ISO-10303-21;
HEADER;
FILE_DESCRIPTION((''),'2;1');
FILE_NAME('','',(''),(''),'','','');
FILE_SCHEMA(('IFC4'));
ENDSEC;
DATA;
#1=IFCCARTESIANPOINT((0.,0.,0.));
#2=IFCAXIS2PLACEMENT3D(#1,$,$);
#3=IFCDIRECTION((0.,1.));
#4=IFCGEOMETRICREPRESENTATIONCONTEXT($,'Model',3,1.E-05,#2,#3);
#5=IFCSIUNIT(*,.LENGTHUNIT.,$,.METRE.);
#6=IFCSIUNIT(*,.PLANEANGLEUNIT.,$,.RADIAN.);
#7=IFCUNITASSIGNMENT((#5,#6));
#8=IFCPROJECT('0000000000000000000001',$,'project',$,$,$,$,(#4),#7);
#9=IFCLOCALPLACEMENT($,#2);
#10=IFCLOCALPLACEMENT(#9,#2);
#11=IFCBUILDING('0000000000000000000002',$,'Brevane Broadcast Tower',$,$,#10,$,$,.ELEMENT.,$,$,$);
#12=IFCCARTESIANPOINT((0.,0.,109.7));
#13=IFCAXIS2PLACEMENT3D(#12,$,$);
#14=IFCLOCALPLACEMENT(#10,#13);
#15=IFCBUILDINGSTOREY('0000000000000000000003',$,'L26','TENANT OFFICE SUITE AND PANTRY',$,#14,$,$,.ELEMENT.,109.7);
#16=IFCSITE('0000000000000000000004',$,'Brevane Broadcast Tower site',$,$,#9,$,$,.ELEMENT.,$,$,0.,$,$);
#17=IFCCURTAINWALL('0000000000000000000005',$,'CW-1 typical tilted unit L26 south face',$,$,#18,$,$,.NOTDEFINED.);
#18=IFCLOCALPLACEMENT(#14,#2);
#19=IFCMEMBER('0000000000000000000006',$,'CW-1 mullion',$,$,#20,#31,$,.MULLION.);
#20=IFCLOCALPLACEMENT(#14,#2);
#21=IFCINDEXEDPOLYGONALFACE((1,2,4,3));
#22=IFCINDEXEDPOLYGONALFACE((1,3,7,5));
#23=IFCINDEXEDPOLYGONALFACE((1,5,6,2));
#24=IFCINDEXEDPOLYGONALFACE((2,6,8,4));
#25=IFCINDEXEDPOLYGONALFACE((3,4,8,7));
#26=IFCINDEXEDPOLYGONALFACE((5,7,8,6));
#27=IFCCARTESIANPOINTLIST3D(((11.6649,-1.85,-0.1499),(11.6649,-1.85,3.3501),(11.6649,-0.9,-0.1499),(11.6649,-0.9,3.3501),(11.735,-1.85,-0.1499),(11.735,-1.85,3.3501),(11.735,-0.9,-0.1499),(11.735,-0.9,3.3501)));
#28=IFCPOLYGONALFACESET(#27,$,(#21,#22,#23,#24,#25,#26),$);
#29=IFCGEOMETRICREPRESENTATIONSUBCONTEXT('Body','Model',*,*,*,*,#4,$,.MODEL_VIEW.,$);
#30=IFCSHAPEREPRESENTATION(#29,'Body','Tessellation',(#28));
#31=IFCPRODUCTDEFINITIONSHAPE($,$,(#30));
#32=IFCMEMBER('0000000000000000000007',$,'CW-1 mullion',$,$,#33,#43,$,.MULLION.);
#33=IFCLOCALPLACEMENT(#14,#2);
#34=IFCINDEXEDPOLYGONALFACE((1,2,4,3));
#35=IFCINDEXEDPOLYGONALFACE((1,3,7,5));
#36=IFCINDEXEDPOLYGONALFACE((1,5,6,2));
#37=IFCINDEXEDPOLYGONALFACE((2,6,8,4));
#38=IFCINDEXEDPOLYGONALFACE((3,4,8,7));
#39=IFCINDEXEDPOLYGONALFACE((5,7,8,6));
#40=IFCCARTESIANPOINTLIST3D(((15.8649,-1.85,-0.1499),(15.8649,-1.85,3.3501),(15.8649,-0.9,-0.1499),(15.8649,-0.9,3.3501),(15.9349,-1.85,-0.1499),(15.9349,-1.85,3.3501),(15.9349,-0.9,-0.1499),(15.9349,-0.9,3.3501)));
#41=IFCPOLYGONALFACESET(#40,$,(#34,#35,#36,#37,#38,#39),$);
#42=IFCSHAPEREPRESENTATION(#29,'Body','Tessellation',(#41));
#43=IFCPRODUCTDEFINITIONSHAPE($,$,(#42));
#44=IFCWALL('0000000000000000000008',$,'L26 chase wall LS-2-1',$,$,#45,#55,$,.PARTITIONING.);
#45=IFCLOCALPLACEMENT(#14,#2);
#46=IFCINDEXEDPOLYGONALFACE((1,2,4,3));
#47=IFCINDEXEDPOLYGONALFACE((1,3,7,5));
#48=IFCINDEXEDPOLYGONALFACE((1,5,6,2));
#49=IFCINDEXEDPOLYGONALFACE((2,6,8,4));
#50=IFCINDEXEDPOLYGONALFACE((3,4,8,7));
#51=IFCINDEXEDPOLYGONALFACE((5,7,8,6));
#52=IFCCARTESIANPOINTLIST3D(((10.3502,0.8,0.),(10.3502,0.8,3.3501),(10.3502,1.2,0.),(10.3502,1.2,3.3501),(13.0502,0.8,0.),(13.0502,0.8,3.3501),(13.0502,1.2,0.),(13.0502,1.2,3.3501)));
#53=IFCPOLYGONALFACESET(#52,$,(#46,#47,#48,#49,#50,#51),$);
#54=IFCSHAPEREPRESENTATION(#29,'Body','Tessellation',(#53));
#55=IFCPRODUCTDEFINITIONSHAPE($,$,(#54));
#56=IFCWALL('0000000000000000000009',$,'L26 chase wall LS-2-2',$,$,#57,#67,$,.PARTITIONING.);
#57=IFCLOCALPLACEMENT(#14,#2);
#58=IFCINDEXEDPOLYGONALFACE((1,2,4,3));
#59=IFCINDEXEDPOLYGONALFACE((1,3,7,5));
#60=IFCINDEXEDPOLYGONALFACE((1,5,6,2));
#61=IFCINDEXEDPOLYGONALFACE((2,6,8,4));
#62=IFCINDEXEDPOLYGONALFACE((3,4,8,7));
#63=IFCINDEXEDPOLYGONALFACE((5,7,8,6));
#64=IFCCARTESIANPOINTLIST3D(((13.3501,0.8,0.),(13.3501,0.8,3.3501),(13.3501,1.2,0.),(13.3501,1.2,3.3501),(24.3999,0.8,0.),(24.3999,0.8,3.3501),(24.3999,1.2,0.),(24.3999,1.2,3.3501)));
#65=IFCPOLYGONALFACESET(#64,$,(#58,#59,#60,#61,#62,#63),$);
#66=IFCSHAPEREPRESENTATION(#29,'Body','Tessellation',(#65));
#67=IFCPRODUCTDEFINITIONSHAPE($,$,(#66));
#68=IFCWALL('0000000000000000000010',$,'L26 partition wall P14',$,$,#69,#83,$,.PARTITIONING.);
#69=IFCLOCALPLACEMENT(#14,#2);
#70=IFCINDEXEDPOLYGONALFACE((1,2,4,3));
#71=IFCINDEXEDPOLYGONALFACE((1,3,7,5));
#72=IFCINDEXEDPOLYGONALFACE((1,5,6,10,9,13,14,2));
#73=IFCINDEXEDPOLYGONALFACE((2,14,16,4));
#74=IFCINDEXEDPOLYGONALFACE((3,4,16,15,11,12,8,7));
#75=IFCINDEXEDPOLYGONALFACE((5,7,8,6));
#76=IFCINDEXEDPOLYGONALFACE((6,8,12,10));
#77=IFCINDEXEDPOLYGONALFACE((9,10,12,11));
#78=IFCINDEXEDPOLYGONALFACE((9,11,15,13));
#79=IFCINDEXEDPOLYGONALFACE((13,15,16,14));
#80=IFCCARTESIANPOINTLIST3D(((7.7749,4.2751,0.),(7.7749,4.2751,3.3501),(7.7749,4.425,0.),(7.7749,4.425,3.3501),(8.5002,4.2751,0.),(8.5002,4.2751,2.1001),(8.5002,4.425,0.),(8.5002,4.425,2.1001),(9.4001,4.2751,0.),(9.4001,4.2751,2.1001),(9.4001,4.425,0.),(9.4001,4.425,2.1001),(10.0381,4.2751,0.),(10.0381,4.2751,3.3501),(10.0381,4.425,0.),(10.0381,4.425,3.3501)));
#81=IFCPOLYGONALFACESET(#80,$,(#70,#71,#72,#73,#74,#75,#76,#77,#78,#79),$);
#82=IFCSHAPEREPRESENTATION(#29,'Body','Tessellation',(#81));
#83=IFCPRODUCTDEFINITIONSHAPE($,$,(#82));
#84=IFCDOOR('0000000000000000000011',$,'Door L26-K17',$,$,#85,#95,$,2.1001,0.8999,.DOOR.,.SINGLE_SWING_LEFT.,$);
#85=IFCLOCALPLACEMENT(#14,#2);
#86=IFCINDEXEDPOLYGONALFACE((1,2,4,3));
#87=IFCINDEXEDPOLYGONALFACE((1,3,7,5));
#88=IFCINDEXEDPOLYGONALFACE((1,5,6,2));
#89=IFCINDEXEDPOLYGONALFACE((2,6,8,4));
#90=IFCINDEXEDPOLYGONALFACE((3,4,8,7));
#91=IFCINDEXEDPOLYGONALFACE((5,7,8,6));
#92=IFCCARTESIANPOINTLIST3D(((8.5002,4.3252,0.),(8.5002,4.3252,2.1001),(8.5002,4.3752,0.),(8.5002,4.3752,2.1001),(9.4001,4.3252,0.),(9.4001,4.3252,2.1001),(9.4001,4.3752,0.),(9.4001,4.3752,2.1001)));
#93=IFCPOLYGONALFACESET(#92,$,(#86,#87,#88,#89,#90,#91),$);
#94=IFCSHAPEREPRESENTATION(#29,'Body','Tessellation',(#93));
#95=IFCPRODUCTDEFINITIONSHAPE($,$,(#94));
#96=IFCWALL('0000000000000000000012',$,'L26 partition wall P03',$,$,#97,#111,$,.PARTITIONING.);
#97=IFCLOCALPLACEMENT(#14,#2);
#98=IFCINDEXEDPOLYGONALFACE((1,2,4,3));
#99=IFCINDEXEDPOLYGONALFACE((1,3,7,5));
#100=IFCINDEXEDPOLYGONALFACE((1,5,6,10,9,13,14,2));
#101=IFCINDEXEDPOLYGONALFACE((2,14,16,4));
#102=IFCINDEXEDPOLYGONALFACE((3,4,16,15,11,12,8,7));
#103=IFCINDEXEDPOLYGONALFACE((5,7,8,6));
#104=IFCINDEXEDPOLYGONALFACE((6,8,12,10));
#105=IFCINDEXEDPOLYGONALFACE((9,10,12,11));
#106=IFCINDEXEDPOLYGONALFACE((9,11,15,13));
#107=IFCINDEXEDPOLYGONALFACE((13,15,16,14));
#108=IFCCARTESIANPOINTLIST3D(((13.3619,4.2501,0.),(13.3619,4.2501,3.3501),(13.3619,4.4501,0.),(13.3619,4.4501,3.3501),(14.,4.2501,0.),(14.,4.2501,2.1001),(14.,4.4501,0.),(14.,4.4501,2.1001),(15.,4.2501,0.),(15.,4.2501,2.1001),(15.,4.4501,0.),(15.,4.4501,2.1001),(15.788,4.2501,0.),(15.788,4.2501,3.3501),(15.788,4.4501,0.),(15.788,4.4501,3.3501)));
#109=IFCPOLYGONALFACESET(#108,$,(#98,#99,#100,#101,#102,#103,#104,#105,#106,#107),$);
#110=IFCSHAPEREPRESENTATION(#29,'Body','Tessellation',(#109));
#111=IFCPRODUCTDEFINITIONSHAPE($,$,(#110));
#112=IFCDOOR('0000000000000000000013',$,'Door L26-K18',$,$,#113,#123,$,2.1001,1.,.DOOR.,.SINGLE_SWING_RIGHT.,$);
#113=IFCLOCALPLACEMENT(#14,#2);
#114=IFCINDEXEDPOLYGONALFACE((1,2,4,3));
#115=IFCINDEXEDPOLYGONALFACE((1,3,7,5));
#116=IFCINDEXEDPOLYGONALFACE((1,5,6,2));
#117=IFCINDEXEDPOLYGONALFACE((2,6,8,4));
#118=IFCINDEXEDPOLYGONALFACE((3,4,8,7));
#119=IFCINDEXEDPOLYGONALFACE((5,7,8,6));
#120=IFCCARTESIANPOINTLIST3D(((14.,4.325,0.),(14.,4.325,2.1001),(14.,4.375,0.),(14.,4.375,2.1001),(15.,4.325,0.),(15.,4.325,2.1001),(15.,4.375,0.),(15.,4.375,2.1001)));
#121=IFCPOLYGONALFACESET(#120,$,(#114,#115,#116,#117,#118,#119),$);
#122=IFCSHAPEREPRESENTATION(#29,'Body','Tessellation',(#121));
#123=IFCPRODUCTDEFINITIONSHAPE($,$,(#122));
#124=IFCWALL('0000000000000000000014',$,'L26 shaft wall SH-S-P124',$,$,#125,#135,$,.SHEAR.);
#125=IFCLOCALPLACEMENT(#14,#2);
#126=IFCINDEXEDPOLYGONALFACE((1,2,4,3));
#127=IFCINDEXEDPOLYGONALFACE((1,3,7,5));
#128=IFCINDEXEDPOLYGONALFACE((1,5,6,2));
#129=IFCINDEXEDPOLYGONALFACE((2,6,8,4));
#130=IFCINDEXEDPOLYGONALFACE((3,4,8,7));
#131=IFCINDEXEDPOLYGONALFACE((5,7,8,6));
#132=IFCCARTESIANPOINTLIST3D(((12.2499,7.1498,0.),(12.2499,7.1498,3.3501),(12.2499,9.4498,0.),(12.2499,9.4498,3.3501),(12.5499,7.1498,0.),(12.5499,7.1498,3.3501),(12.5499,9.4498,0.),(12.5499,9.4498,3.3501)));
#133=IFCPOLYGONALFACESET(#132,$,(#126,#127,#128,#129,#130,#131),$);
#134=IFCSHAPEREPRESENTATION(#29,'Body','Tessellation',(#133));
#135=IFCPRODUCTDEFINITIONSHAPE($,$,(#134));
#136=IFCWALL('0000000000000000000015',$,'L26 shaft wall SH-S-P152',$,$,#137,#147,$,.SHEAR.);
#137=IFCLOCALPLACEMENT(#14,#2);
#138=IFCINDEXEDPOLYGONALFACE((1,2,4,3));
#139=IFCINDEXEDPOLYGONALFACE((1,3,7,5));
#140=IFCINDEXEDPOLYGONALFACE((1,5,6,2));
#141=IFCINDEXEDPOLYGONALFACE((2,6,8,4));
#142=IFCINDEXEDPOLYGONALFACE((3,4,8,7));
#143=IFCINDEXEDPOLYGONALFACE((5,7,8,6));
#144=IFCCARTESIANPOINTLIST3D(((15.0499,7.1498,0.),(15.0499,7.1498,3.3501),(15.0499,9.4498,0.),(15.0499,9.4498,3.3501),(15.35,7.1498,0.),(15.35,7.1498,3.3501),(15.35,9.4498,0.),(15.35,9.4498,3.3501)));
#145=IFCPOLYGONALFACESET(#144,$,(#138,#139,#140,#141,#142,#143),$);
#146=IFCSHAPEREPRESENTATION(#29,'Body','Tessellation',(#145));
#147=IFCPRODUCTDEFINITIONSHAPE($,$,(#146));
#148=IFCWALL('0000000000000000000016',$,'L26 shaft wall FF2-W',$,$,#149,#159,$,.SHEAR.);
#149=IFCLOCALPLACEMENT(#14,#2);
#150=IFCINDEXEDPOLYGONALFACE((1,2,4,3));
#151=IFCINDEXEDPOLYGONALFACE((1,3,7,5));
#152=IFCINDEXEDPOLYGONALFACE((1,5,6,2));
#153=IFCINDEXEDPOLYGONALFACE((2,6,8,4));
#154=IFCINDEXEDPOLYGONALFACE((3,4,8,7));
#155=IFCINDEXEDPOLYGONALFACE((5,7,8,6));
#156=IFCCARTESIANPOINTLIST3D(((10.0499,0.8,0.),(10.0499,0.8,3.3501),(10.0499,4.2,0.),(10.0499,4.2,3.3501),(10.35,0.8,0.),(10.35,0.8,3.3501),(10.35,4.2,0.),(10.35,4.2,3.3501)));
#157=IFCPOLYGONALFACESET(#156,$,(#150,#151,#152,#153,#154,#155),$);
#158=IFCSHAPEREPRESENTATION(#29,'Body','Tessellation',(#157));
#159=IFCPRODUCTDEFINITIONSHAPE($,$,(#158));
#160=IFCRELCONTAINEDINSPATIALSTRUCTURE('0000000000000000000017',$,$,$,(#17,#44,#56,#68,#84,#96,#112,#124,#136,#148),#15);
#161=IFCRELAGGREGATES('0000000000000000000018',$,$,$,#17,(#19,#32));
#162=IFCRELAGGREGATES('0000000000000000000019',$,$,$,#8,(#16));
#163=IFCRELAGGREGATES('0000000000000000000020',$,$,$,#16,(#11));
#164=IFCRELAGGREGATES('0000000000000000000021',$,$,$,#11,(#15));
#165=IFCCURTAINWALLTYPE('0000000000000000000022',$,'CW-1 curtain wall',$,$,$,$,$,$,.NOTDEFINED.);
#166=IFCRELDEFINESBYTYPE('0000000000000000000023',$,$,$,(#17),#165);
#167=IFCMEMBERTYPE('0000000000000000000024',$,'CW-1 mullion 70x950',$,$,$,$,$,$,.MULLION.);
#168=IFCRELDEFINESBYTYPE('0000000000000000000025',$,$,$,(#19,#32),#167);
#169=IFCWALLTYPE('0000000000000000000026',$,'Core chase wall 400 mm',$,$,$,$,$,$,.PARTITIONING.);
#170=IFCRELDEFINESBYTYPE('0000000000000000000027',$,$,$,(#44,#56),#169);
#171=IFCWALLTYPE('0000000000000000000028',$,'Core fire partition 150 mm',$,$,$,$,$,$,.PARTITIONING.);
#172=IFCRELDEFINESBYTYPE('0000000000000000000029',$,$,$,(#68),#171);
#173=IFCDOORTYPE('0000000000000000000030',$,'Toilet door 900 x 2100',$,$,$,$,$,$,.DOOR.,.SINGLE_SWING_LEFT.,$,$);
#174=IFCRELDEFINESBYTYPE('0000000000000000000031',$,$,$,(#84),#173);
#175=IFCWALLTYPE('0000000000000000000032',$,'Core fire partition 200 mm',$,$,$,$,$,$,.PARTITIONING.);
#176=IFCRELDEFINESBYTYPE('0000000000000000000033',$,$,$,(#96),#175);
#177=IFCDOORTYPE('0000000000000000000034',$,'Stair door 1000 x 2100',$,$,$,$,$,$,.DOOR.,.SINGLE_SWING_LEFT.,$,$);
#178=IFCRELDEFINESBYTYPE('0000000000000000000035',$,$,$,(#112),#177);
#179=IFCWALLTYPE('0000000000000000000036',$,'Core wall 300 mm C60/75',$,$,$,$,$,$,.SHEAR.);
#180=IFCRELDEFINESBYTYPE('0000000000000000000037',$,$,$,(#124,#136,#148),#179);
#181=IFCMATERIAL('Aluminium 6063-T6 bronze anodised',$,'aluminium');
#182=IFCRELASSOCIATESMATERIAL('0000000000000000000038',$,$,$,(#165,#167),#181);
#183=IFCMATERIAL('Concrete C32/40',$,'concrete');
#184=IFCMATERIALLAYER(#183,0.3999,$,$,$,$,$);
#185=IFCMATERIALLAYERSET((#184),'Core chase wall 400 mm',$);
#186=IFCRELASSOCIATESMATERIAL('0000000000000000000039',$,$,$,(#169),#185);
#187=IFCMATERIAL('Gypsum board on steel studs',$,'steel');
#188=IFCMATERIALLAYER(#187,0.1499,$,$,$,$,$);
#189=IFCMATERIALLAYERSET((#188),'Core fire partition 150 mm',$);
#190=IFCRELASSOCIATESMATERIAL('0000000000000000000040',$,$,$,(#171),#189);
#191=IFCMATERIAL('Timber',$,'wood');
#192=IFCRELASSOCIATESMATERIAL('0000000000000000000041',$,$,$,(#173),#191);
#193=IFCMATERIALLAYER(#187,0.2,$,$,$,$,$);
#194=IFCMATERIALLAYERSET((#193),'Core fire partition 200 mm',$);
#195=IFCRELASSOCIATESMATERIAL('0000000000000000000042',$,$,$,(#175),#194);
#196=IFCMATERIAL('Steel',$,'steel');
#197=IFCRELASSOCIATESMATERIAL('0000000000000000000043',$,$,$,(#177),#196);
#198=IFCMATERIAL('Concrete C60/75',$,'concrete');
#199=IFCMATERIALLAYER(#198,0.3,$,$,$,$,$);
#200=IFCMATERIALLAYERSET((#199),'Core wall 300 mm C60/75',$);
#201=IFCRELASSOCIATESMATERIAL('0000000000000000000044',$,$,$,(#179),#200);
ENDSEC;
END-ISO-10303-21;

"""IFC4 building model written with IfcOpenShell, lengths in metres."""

from ifc_helpers import new_model, si_unit, direction, frame, frame_2d, origin, origin_2d, place, context, subcontext, project, spatial, rectangle, extrude, material, layer, layer_set, material_profile, profile_set, type_object, element, fill, aggregate, save


model = new_model("IFC4")

# Units and contexts
model_context = context("Model", 3, precision=1e-05, world=origin(), true_north=direction((0.0, 1.0)))
body_context = subcontext(model_context, "Body", "Model", "MODEL_VIEW")
ifc_project = project(units=[si_unit("LENGTHUNIT", "METRE"), si_unit("PLANEANGLEUNIT", "RADIAN")], contexts=[model_context])

# Site, building, storey
site_placement = place(None, origin())
site = spatial("IfcSite", under=ifc_project, at=site_placement, Name="Brevane Broadcast Tower site", CompositionType="ELEMENT", RefElevation=0.0)
building_placement = place(site_placement, origin())
building = spatial("IfcBuilding", under=site, at=building_placement, Name="Brevane Broadcast Tower", CompositionType="ELEMENT")
storey_placement = place(building_placement, frame((0.0, 0.0, 109.7)))
storey = spatial("IfcBuildingStorey", under=building, at=storey_placement, Name="L26", Description="TENANT OFFICE SUITE AND PANTRY", CompositionType="ELEMENT", Elevation=109.7)

# Curtain wall, members
ifc_material_1 = material(Name="Aluminium 6063-T6 bronze anodised", Category="aluminium")
curtain_wall_type = type_object("IfcCurtainWallType", Name="CW-1 curtain wall", PredefinedType="NOTDEFINED", material=ifc_material_1)
curtain_wall_placement = place(storey_placement, origin())
curtain_wall = element("IfcCurtainWall", 1, at=curtain_wall_placement, inside=storey, type_object=curtain_wall_type, Name="CW-1 typical tilted unit L26 south face", PredefinedType="NOTDEFINED")
ifc_material_profile = material_profile(ifc_material_1, rectangle(XDim=0.95, YDim=0.0701, at=origin_2d()), Name="RECT 70x950")
ifc_profile_set = profile_set([ifc_material_profile], Name="Aluminium 6063-T6 bronze anodised")
member_type = type_object("IfcMemberType", Name="CW-1 mullion 70x950", PredefinedType="MULLION", material=ifc_profile_set)
member_1_placement = place(storey_placement, frame((11.7, -1.375, -0.1499), z_axis=(0.0, 0.0, 1.0), x_axis=(0.0, 1.0, 0.0)))
member_1 = element("IfcMember", 2, at=member_1_placement, type_object=member_type, Name="CW-1 mullion", PredefinedType="MULLION", context=body_context, shape_type="SweptSolid", body=[
    extrude(rectangle(XDim=0.95, YDim=0.0701, at=origin_2d()), origin(), (0.0, 0.0, 1.0), 3.5),
])
member_2_placement = place(storey_placement, frame((15.8999, -1.375, -0.1499), z_axis=(0.0, 0.0, 1.0), x_axis=(0.0, 1.0, 0.0)))
member_2 = element("IfcMember", 3, at=member_2_placement, type_object=member_type, Name="CW-1 mullion", PredefinedType="MULLION", context=body_context, shape_type="SweptSolid", body=[
    extrude(rectangle(XDim=0.95, YDim=0.0701, at=origin_2d()), origin(), (0.0, 0.0, 1.0), 3.5),
])
aggregate(curtain_wall, [member_1, member_2])

# Walls
ifc_material_2 = material(Name="Concrete C32/40", Category="concrete")
ifc_layer_1 = layer(ifc_material_2, 0.3999)
ifc_layer_set_1 = layer_set([ifc_layer_1], Name="Core chase wall 400 mm")
wall_type_1 = type_object("IfcWallType", Name="Core chase wall 400 mm", PredefinedType="PARTITIONING", material=ifc_layer_set_1)
wall_1_placement = place(storey_placement, frame((10.3501, 1.0, 0.0), z_axis=(0.0, 0.0, 1.0), x_axis=(1.0, 0.0, 0.0)))
element("IfcWall", 4, at=wall_1_placement, inside=storey, type_object=wall_type_1, Name="L26 chase wall LS-2-1", PredefinedType="PARTITIONING", context=body_context, shape_type="SweptSolid", body=[
    extrude(rectangle(XDim=2.7, YDim=0.3999, at=frame_2d((1.3501, 0.0))), origin(), (0.0, 0.0, 1.0), 3.3501),
])
wall_2_placement = place(storey_placement, frame((13.3501, 1.0, 0.0), z_axis=(0.0, 0.0, 1.0), x_axis=(1.0, 0.0, 0.0)))
element("IfcWall", 5, at=wall_2_placement, inside=storey, type_object=wall_type_1, Name="L26 chase wall LS-2-2", PredefinedType="PARTITIONING", context=body_context, shape_type="SweptSolid", body=[
    extrude(rectangle(XDim=11.0498, YDim=0.3999, at=frame_2d((5.5249, 0.0))), origin(), (0.0, 0.0, 1.0), 3.3501),
])

# Walls, openings, doors
ifc_material_3 = material(Name="Gypsum board on steel studs", Category="steel")
ifc_layer_2 = layer(ifc_material_3, 0.1499)
ifc_layer_set_2 = layer_set([ifc_layer_2], Name="Core fire partition 150 mm")
wall_type_2 = type_object("IfcWallType", Name="Core fire partition 150 mm", PredefinedType="PARTITIONING", material=ifc_layer_set_2)
wall_3_placement = place(storey_placement, frame((10.0381, 4.3501, 0.0), z_axis=(0.0, 0.0, 1.0), x_axis=(-1.0, 0.0, 0.0)))
wall_3 = element("IfcWall", 6, at=wall_3_placement, inside=storey, type_object=wall_type_2, Name="L26 partition wall P14", PredefinedType="PARTITIONING", context=body_context, shape_type="SweptSolid", body=[
    extrude(rectangle(XDim=2.2632, YDim=0.1499, at=frame_2d((1.1316, 0.0))), origin(), (0.0, 0.0, 1.0), 3.3501),
])
opening_1_placement = place(wall_3_placement, frame((0.6379, 0.0, 0.0)))
opening_1 = element("IfcOpeningElement", 7, at=opening_1_placement, cuts=wall_3, PredefinedType="OPENING", context=body_context, shape_type="SweptSolid", body=[
    extrude(rectangle(XDim=0.8999, YDim=2.1001, at=frame_2d((0.45, 1.05))), frame((0.0, 0.085, 0.0), z_axis=(0.0, -1.0, 0.0), x_axis=(1.0, 0.0, 0.0)), (0.0, 0.0, 1.0), 0.1699),
])
ifc_material_4 = material(Name="Timber", Category="wood")
door_type_1 = type_object("IfcDoorType", Name="Toilet door 900 x 2100", OperationType="SINGLE_SWING_LEFT", PredefinedType="DOOR", material=ifc_material_4)
door_1_placement = place(opening_1_placement, origin())
door_1 = element("IfcDoor", 8, at=door_1_placement, inside=storey, type_object=door_type_1, Name="Door L26-K17", OperationType="SINGLE_SWING_LEFT", OverallHeight=2.1001, OverallWidth=0.8999, PredefinedType="DOOR", context=body_context, shape_type="SweptSolid", body=[
    extrude(rectangle(XDim=0.8999, YDim=2.1001, at=frame_2d((0.45, 1.05))), frame((0.0, 0.0249, 0.0), z_axis=(0.0, -1.0, 0.0), x_axis=(1.0, 0.0, 0.0)), (0.0, 0.0, 1.0), 0.05),
])
fill(opening_1, door_1)
ifc_layer_3 = layer(ifc_material_3, 0.2)
ifc_layer_set_3 = layer_set([ifc_layer_3], Name="Core fire partition 200 mm")
wall_type_3 = type_object("IfcWallType", Name="Core fire partition 200 mm", PredefinedType="PARTITIONING", material=ifc_layer_set_3)
wall_4_placement = place(storey_placement, frame((13.3621, 4.3501, 0.0), z_axis=(0.0, 0.0, 1.0), x_axis=(1.0, 0.0, 0.0)))
wall_4 = element("IfcWall", 9, at=wall_4_placement, inside=storey, type_object=wall_type_3, Name="L26 partition wall P03", PredefinedType="PARTITIONING", context=body_context, shape_type="SweptSolid", body=[
    extrude(rectangle(XDim=2.426, YDim=0.2, at=frame_2d((1.2129, 0.0))), origin(), (0.0, 0.0, 1.0), 3.3501),
])
opening_2_placement = place(wall_4_placement, frame((0.6379, 0.0, 0.0)))
opening_2 = element("IfcOpeningElement", 10, at=opening_2_placement, cuts=wall_4, PredefinedType="OPENING", context=body_context, shape_type="SweptSolid", body=[
    extrude(rectangle(XDim=1.0, YDim=2.1001, at=frame_2d((0.5, 1.05))), frame((0.0, 0.1099, 0.0), z_axis=(0.0, -1.0, 0.0), x_axis=(1.0, 0.0, 0.0)), (0.0, 0.0, 1.0), 0.22),
])
ifc_material_5 = material(Name="Steel", Category="steel")
door_type_2 = type_object("IfcDoorType", Name="Stair door 1000 x 2100", OperationType="SINGLE_SWING_LEFT", PredefinedType="DOOR", material=ifc_material_5)
door_2_placement = place(opening_2_placement, origin())
door_2 = element("IfcDoor", 11, at=door_2_placement, inside=storey, type_object=door_type_2, Name="Door L26-K18", OperationType="SINGLE_SWING_RIGHT", OverallHeight=2.1001, OverallWidth=1.0, PredefinedType="DOOR", context=body_context, shape_type="SweptSolid", body=[
    extrude(rectangle(XDim=1.0, YDim=2.1001, at=frame_2d((0.5, 1.05))), frame((0.0, 0.0249, 0.0), z_axis=(0.0, -1.0, 0.0), x_axis=(1.0, 0.0, 0.0)), (0.0, 0.0, 1.0), 0.05),
])
fill(opening_2, door_2)

# Walls
ifc_material_6 = material(Name="Concrete C60/75", Category="concrete")
ifc_layer_4 = layer(ifc_material_6, 0.3)
ifc_layer_set_4 = layer_set([ifc_layer_4], Name="Core wall 300 mm C60/75")
wall_type_4 = type_object("IfcWallType", Name="Core wall 300 mm C60/75", PredefinedType="SHEAR", material=ifc_layer_set_4)
for number, where, z_axis, x_axis, name in (
    (12, (12.3999, 7.1499, 0.0), (0.0, 0.0, 1.0), (0.0, 1.0, 0.0), "L26 shaft wall SH-S-P124"),
    (13, (15.2, 7.1499, 0.0), (0.0, 0.0, 1.0), (0.0, 1.0, 0.0), "L26 shaft wall SH-S-P152"),
):
    element("IfcWall", number, at=place(storey_placement, frame(where, z_axis=z_axis, x_axis=x_axis)), inside=storey, type_object=wall_type_4, Name=name, PredefinedType="SHEAR", context=body_context, shape_type="SweptSolid", body=[
        extrude(rectangle(XDim=2.3, YDim=0.3, at=frame_2d((1.1499, 0.0))), origin(), (0.0, 0.0, 1.0), 3.3501),
    ])
wall_5_placement = place(storey_placement, frame((10.2, 0.8, 0.0), z_axis=(0.0, 0.0, 1.0), x_axis=(0.0, 1.0, 0.0)))
element("IfcWall", 14, at=wall_5_placement, inside=storey, type_object=wall_type_4, Name="L26 shaft wall FF2-W", PredefinedType="SHEAR", context=body_context, shape_type="SweptSolid", body=[
    extrude(rectangle(XDim=3.3999, YDim=0.3, at=frame_2d((1.7, 0.0))), origin(), (0.0, 0.0, 1.0), 3.3501),
])

save(model, "model.ifc")
